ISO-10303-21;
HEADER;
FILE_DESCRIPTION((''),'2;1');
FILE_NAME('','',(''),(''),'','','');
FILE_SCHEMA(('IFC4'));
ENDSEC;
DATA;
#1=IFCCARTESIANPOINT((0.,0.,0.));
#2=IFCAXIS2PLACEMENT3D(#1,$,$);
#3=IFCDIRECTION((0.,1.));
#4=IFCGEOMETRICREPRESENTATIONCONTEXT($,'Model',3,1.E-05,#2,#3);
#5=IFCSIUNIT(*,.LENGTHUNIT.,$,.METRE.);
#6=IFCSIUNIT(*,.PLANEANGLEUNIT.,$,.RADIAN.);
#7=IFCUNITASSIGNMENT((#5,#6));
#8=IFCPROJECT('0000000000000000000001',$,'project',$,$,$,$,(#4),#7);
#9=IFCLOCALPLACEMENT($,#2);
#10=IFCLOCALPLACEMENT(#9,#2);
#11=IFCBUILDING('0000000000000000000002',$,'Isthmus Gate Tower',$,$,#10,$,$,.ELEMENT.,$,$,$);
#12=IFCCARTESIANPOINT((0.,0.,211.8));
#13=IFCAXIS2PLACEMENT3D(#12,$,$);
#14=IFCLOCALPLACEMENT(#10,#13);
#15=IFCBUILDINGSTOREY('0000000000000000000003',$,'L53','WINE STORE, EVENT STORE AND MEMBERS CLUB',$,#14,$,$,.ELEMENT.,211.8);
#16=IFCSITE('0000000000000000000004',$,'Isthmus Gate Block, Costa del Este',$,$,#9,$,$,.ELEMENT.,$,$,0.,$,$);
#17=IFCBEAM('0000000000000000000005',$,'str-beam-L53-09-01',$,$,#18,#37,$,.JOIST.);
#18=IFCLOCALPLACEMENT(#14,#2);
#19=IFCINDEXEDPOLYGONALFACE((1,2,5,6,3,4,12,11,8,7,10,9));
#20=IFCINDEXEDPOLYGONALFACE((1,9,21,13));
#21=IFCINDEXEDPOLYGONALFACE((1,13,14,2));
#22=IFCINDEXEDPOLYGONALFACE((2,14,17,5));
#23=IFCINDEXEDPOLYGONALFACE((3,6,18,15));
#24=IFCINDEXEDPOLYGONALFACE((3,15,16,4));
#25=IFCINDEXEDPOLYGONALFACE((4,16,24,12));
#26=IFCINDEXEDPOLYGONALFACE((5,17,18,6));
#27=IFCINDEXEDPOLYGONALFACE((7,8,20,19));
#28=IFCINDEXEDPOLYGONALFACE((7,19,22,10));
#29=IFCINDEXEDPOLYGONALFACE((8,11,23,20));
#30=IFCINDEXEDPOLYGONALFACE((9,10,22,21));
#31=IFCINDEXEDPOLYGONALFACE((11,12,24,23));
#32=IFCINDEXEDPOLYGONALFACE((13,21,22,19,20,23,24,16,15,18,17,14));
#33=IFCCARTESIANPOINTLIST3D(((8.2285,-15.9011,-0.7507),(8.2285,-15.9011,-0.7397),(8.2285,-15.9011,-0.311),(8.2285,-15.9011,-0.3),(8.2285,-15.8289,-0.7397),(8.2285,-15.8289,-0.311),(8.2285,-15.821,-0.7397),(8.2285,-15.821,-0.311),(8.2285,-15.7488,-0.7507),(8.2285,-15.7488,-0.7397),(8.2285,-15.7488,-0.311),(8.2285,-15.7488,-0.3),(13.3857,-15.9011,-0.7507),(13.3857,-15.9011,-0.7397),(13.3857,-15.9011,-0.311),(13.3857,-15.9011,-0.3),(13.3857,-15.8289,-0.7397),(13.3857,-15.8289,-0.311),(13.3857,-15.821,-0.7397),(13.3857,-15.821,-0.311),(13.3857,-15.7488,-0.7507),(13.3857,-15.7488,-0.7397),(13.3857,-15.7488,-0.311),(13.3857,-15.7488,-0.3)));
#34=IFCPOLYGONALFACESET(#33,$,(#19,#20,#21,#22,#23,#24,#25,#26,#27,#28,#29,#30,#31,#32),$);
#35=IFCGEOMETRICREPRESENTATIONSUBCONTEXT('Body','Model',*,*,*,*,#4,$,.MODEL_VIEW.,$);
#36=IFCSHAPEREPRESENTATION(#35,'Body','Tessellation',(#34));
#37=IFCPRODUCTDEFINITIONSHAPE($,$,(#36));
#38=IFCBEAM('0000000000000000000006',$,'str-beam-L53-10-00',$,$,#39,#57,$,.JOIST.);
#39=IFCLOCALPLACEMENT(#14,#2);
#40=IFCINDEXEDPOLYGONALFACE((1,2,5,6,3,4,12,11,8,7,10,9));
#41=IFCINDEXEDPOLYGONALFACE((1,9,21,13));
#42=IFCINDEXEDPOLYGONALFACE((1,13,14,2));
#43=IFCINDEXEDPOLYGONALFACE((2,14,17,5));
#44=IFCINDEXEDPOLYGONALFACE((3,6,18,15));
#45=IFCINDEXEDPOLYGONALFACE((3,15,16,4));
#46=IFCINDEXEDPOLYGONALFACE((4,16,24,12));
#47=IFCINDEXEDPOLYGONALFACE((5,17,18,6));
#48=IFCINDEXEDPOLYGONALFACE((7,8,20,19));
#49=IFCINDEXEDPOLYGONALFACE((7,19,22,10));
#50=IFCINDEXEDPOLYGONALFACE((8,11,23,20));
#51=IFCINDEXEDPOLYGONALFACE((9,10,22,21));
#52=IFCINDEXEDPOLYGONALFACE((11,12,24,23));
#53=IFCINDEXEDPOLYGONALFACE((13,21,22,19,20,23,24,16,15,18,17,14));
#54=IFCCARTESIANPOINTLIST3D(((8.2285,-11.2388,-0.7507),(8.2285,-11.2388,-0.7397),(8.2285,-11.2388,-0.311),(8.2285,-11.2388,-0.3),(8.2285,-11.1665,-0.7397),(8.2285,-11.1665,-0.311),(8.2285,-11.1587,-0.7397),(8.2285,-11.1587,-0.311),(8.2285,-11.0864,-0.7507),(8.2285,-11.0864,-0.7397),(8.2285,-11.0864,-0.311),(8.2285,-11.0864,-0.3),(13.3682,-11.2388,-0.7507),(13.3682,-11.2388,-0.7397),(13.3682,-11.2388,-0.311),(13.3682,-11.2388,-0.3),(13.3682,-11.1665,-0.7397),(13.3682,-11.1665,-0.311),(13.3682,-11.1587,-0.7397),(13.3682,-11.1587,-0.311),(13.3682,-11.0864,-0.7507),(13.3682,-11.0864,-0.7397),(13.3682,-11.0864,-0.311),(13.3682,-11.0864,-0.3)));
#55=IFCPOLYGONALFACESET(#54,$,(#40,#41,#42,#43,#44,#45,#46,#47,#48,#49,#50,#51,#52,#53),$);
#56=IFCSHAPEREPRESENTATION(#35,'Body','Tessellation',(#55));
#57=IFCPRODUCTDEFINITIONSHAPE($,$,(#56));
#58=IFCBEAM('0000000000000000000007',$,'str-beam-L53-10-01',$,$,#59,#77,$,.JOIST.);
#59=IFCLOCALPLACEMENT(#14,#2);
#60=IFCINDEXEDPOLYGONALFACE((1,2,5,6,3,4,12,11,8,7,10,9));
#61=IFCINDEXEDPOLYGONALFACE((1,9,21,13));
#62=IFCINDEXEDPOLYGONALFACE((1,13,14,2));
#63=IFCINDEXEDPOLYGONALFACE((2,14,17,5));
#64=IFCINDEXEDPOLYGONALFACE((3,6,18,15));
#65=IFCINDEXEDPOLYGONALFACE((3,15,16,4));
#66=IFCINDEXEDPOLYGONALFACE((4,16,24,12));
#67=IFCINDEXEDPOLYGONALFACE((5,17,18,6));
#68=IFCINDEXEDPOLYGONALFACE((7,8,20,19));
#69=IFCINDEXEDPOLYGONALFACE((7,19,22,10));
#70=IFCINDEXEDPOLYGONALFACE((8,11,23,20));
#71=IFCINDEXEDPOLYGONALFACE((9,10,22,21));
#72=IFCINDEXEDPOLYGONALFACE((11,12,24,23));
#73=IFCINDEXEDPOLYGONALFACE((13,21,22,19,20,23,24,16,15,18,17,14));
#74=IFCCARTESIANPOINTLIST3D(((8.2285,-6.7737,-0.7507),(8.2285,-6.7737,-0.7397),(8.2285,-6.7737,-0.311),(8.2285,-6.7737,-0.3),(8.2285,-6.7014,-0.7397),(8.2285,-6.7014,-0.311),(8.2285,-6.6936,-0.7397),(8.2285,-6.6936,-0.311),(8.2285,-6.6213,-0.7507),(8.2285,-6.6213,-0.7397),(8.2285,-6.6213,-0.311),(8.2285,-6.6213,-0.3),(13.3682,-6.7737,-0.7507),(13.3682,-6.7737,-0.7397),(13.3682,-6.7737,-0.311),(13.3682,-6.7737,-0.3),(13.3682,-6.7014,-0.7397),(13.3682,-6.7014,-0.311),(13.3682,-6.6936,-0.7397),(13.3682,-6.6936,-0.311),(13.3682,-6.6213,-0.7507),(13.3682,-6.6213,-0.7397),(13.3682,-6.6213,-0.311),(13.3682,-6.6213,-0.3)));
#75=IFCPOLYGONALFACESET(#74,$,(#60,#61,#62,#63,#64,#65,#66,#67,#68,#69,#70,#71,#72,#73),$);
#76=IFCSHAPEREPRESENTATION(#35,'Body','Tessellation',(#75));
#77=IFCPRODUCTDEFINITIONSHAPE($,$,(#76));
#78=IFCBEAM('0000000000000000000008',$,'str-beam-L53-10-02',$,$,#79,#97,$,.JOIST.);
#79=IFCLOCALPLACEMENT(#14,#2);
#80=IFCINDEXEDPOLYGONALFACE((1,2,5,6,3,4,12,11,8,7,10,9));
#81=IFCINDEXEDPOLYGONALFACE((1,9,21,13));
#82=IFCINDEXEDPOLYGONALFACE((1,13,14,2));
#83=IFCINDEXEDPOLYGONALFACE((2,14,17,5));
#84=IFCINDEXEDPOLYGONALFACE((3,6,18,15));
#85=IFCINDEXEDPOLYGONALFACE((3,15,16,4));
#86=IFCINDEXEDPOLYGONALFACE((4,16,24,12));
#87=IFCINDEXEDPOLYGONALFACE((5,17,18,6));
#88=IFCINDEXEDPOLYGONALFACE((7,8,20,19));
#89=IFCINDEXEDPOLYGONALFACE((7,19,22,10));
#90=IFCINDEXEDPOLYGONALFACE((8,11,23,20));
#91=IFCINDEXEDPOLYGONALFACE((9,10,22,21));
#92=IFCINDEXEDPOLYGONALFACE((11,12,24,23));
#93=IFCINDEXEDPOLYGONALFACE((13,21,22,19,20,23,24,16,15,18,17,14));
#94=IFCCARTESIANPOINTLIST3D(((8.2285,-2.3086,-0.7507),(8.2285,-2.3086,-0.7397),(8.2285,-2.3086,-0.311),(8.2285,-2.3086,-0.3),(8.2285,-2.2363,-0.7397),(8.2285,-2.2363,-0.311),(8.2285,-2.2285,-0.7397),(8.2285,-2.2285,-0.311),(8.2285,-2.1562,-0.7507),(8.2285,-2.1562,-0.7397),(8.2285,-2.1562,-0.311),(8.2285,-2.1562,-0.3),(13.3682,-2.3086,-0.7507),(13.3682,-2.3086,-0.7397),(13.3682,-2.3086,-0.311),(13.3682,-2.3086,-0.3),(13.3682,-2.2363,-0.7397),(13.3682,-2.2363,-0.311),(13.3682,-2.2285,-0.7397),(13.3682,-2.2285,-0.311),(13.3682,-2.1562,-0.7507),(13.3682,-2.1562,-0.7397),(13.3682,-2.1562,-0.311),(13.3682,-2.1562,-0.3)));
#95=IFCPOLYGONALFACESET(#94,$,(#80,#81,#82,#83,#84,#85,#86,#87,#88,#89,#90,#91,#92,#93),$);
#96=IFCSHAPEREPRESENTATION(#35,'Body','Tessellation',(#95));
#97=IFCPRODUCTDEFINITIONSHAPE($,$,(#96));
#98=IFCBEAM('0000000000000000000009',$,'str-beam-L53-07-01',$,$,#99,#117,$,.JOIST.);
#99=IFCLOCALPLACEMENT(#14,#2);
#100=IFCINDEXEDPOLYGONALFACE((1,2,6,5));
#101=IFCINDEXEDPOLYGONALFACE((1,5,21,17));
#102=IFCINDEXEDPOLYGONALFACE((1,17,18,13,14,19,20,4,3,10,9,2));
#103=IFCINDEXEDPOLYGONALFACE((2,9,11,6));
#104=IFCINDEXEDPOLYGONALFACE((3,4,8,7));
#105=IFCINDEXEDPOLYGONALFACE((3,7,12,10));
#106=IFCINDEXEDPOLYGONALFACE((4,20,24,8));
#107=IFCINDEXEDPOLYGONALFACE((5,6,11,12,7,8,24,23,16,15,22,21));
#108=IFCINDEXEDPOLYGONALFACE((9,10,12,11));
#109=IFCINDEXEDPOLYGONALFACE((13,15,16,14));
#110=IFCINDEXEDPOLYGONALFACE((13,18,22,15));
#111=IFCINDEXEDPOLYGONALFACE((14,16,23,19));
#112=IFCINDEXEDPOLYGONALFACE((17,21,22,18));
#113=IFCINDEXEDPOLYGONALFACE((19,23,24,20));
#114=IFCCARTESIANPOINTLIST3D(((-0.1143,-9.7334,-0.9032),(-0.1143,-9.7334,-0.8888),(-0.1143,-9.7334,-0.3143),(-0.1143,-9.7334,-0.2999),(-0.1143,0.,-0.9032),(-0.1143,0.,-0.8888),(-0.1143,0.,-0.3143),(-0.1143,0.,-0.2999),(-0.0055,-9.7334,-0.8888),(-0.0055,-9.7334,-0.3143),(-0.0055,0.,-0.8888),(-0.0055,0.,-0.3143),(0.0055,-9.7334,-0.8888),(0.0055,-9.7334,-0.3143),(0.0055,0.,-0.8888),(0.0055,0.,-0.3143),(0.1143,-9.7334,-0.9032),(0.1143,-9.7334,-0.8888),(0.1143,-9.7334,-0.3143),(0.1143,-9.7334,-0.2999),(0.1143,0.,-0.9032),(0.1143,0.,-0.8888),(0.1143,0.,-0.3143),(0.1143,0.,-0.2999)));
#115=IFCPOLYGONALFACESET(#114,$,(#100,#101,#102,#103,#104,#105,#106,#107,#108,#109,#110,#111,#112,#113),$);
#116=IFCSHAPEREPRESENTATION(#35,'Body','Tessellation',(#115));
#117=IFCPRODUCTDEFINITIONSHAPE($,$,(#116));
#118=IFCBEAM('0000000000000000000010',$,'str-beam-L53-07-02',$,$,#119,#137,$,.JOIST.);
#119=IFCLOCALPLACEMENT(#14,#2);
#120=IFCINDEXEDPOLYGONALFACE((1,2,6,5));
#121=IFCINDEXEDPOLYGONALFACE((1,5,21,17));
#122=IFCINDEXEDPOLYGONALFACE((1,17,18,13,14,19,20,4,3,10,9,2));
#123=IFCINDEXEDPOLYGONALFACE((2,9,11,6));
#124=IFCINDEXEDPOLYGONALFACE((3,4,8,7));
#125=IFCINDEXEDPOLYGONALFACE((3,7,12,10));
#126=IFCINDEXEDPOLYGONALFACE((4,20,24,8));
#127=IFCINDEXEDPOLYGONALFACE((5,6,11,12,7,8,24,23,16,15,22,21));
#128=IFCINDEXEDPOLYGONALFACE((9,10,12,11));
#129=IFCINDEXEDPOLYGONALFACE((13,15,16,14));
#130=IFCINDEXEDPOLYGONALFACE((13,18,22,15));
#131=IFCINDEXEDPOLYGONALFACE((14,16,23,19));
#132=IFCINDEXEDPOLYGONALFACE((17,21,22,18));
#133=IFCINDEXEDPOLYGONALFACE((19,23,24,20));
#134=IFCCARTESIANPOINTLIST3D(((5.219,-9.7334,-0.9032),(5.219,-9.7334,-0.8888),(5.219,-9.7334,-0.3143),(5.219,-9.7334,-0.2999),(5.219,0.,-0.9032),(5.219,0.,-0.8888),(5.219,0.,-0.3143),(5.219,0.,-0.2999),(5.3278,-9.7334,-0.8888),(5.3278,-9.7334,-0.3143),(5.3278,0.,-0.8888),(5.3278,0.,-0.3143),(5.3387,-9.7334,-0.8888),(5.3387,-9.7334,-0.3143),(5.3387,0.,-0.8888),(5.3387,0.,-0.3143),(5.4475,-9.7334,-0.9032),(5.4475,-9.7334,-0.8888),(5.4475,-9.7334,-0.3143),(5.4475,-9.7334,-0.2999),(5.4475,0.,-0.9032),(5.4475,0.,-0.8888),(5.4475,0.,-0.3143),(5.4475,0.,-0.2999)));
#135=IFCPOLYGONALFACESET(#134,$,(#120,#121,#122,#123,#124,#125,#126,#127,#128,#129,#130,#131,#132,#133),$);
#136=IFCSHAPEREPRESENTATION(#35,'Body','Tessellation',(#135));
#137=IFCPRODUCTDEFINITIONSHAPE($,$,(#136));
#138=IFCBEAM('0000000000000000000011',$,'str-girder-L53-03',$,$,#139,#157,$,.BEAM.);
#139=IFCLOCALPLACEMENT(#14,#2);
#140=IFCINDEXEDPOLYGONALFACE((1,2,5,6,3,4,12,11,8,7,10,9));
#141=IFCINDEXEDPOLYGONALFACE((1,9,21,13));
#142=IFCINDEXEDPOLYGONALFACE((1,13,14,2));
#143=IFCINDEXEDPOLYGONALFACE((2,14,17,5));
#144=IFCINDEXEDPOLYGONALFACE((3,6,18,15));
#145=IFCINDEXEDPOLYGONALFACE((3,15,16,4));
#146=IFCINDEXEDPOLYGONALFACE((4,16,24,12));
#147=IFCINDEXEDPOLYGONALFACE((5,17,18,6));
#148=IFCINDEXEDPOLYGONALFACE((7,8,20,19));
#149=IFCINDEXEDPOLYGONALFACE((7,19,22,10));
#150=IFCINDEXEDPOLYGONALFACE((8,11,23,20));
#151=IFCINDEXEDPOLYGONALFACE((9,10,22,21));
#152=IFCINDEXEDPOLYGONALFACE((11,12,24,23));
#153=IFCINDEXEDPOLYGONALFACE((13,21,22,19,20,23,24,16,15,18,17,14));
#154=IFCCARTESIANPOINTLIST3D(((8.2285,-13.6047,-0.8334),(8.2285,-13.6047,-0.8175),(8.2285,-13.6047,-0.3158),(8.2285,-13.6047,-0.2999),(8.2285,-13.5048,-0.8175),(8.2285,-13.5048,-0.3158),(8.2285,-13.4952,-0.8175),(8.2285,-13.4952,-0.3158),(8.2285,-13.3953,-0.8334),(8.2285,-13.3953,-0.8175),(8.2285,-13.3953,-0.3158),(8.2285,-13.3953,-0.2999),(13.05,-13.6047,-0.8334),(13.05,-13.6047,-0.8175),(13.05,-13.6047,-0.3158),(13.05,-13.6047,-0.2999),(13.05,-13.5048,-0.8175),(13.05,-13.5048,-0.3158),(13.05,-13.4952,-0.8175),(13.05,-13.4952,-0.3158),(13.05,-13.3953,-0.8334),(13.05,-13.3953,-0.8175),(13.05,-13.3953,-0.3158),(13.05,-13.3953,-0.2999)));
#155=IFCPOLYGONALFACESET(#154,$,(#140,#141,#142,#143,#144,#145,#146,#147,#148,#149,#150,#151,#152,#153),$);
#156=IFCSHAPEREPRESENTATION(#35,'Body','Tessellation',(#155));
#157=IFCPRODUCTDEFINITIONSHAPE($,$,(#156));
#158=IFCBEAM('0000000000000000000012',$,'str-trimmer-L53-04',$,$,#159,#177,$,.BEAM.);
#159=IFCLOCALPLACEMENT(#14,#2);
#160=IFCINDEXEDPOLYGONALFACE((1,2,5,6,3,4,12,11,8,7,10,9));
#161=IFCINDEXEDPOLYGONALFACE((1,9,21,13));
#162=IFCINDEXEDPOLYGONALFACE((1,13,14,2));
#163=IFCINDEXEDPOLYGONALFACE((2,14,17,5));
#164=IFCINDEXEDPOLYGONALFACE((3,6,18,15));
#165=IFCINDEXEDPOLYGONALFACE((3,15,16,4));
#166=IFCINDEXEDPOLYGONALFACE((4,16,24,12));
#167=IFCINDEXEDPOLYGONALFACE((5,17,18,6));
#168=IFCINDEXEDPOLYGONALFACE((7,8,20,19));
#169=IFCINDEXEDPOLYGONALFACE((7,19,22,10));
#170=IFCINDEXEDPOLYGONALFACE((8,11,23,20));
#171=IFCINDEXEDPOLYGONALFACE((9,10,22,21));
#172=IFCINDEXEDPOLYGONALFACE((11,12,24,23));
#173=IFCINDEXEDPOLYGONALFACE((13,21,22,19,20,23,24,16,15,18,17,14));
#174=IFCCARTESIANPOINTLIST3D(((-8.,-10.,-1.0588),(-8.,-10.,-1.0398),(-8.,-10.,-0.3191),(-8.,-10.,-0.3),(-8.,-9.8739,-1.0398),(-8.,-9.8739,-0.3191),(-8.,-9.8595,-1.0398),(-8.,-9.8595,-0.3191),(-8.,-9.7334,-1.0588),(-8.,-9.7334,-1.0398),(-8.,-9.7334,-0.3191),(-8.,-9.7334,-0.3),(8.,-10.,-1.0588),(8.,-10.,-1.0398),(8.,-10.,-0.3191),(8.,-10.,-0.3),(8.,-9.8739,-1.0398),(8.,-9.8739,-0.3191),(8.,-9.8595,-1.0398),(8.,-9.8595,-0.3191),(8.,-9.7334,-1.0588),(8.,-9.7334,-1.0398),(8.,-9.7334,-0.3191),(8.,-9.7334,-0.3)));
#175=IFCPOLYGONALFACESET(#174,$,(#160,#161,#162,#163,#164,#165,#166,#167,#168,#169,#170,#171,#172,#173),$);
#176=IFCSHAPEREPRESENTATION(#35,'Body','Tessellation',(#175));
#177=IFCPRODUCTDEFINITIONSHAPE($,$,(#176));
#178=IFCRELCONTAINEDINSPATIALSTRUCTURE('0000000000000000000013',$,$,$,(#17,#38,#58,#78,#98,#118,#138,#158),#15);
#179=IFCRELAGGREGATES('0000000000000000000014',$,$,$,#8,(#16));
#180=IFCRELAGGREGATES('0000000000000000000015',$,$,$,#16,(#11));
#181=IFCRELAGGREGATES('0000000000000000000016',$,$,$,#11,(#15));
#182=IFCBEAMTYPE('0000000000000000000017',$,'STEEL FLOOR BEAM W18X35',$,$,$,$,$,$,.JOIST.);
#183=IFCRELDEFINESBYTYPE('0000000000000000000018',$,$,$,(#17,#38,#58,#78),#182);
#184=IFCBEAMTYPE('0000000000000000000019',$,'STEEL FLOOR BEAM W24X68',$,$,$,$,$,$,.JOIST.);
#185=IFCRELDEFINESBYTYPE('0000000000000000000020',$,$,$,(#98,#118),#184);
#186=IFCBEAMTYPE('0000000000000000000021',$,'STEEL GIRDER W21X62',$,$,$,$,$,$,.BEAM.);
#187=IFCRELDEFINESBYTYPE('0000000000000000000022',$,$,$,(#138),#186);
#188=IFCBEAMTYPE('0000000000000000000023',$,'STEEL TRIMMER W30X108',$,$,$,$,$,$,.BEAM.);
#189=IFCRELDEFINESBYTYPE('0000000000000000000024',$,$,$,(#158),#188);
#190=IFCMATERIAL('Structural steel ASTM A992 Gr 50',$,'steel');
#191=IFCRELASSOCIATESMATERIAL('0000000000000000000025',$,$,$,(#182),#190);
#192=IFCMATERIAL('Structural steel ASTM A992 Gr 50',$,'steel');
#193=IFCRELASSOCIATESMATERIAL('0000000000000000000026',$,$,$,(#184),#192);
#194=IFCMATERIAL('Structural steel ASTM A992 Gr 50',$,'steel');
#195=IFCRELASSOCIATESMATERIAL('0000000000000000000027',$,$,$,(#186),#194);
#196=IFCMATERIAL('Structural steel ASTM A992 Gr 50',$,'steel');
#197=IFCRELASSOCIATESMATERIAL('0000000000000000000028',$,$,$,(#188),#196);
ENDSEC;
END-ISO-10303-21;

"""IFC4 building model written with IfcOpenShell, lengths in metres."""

from ifc_helpers import new_model, si_unit, direction, frame, origin, origin_2d, place, context, subcontext, project, spatial, i_section, extrude, material, material_profile, profile_set, type_object, element, save


model = new_model("IFC4")

# Units and contexts
model_context = context("Model", 3, precision=1e-05, world=origin(), true_north=direction((0.0, 1.0)))
body_context = subcontext(model_context, "Body", "Model", "MODEL_VIEW")
ifc_project = project(units=[si_unit("LENGTHUNIT", "METRE"), si_unit("PLANEANGLEUNIT", "RADIAN")], contexts=[model_context])

# Site, building, storey
site_placement = place(None, origin())
site = spatial("IfcSite", under=ifc_project, at=site_placement, Name="Isthmus Gate Block, Costa del Este", CompositionType="ELEMENT", RefElevation=0.0)
building_placement = place(site_placement, origin())
building = spatial("IfcBuilding", under=site, at=building_placement, Name="Isthmus Gate Tower", CompositionType="ELEMENT")
storey_placement = place(building_placement, frame((0.0, 0.0, 211.8)))
storey = spatial("IfcBuildingStorey", under=building, at=storey_placement, Name="L53", Description="WINE STORE, EVENT STORE AND MEMBERS CLUB", CompositionType="ELEMENT", Elevation=211.8)

# Beams
ifc_material_1 = material(Name="Structural steel ASTM A992 Gr 50", Category="steel")
ifc_material_profile_1 = material_profile(ifc_material_1, i_section(OverallWidth=0.1523, OverallDepth=0.4507, WebThickness=0.0078, FlangeThickness=0.011, at=origin_2d()), Name="W18X35")
ifc_profile_set_1 = profile_set([ifc_material_profile_1], Name="Structural steel ASTM A992 Gr 50")
beam_type_1 = type_object("IfcBeamType", Name="STEEL FLOOR BEAM W18X35", PredefinedType="JOIST", material=ifc_profile_set_1)
beam_1_placement = place(storey_placement, frame((8.2285, -15.825, -0.5254), z_axis=(1.0, 0.0, 0.0), x_axis=(0.0, 1.0, 0.0)))
element("IfcBeam", 1, at=beam_1_placement, inside=storey, type_object=beam_type_1, Name="str-beam-L53-09-01", PredefinedType="JOIST", context=body_context, shape_type="SweptSolid", body=[
    extrude(i_section(OverallWidth=0.1523, OverallDepth=0.4507, WebThickness=0.0078, FlangeThickness=0.011, at=origin_2d()), origin(), (0.0, 0.0, 1.0), 5.1572),
])
for number, where, z_axis, x_axis, name in (
    (2, (8.2285, -11.1626, -0.5254), (1.0, 0.0, 0.0), (0.0, 1.0, 0.0), "str-beam-L53-10-00"),
    (3, (8.2285, -6.6975, -0.5254), (1.0, 0.0, 0.0), (0.0, 1.0, 0.0), "str-beam-L53-10-01"),
    (4, (8.2285, -2.2324, -0.5254), (1.0, 0.0, 0.0), (0.0, 1.0, 0.0), "str-beam-L53-10-02"),
):
    element("IfcBeam", number, at=place(storey_placement, frame(where, z_axis=z_axis, x_axis=x_axis)), inside=storey, type_object=beam_type_1, Name=name, PredefinedType="JOIST", context=body_context, shape_type="SweptSolid", body=[
        extrude(i_section(OverallWidth=0.1523, OverallDepth=0.4507, WebThickness=0.0078, FlangeThickness=0.011, at=origin_2d()), origin(), (0.0, 0.0, 1.0), 5.1396),
    ])
ifc_material_2 = material(Name="Structural steel ASTM A992 Gr 50", Category="steel")
ifc_material_profile_2 = material_profile(ifc_material_2, i_section(OverallWidth=0.2285, OverallDepth=0.6033, WebThickness=0.011, FlangeThickness=0.0144, at=origin_2d()), Name="W24X68")
ifc_profile_set_2 = profile_set([ifc_material_profile_2], Name="Structural steel ASTM A992 Gr 50")
beam_type_2 = type_object("IfcBeamType", Name="STEEL FLOOR BEAM W24X68", PredefinedType="JOIST", material=ifc_profile_set_2)
for number, where, z_axis, x_axis, name in (
    (5, (0.0, -9.7334, -0.6016), (0.0, 1.0, 0.0), (-1.0, 0.0, 0.0), "str-beam-L53-07-01"),
    (6, (5.3333, -9.7334, -0.6016), (0.0, 1.0, 0.0), (-1.0, 0.0, 0.0), "str-beam-L53-07-02"),
):
    element("IfcBeam", number, at=place(storey_placement, frame(where, z_axis=z_axis, x_axis=x_axis)), inside=storey, type_object=beam_type_2, Name=name, PredefinedType="JOIST", context=body_context, shape_type="SweptSolid", body=[
        extrude(i_section(OverallWidth=0.2285, OverallDepth=0.6033, WebThickness=0.011, FlangeThickness=0.0144, at=origin_2d()), origin(), (0.0, 0.0, 1.0), 9.7334),
    ])
ifc_material_3 = material(Name="Structural steel ASTM A992 Gr 50", Category="steel")
ifc_material_profile_3 = material_profile(ifc_material_3, i_section(OverallWidth=0.2095, OverallDepth=0.5334, WebThickness=0.0095, FlangeThickness=0.0159, at=origin_2d()), Name="W21X62")
ifc_profile_set_3 = profile_set([ifc_material_profile_3], Name="Structural steel ASTM A992 Gr 50")
beam_type_3 = type_object("IfcBeamType", Name="STEEL GIRDER W21X62", PredefinedType="BEAM", material=ifc_profile_set_3)
beam_2_placement = place(storey_placement, frame((8.2285, -13.5, -0.5667), z_axis=(1.0, 0.0, 0.0), x_axis=(0.0, 1.0, 0.0)))
element("IfcBeam", 7, at=beam_2_placement, inside=storey, type_object=beam_type_3, Name="str-girder-L53-03", PredefinedType="BEAM", context=body_context, shape_type="SweptSolid", body=[
    extrude(i_section(OverallWidth=0.2095, OverallDepth=0.5334, WebThickness=0.0095, FlangeThickness=0.0159, at=origin_2d()), origin(), (0.0, 0.0, 1.0), 4.8215),
])
ifc_material_4 = material(Name="Structural steel ASTM A992 Gr 50", Category="steel")
ifc_material_profile_4 = material_profile(ifc_material_4, i_section(OverallWidth=0.2666, OverallDepth=0.7588, WebThickness=0.0144, FlangeThickness=0.019, at=origin_2d()), Name="W30X108")
ifc_profile_set_4 = profile_set([ifc_material_profile_4], Name="Structural steel ASTM A992 Gr 50")
beam_type_4 = type_object("IfcBeamType", Name="STEEL TRIMMER W30X108", PredefinedType="BEAM", material=ifc_profile_set_4)
beam_3_placement = place(storey_placement, frame((8.0, -9.8667, -0.6794), z_axis=(-1.0, 0.0, 0.0), x_axis=(0.0, -1.0, 0.0)))
element("IfcBeam", 8, at=beam_3_placement, inside=storey, type_object=beam_type_4, Name="str-trimmer-L53-04", PredefinedType="BEAM", context=body_context, shape_type="SweptSolid", body=[
    extrude(i_section(OverallWidth=0.2666, OverallDepth=0.7588, WebThickness=0.0144, FlangeThickness=0.019, at=origin_2d()), origin(), (0.0, 0.0, 1.0), 16.0),
])

save(model, "model.ifc")
